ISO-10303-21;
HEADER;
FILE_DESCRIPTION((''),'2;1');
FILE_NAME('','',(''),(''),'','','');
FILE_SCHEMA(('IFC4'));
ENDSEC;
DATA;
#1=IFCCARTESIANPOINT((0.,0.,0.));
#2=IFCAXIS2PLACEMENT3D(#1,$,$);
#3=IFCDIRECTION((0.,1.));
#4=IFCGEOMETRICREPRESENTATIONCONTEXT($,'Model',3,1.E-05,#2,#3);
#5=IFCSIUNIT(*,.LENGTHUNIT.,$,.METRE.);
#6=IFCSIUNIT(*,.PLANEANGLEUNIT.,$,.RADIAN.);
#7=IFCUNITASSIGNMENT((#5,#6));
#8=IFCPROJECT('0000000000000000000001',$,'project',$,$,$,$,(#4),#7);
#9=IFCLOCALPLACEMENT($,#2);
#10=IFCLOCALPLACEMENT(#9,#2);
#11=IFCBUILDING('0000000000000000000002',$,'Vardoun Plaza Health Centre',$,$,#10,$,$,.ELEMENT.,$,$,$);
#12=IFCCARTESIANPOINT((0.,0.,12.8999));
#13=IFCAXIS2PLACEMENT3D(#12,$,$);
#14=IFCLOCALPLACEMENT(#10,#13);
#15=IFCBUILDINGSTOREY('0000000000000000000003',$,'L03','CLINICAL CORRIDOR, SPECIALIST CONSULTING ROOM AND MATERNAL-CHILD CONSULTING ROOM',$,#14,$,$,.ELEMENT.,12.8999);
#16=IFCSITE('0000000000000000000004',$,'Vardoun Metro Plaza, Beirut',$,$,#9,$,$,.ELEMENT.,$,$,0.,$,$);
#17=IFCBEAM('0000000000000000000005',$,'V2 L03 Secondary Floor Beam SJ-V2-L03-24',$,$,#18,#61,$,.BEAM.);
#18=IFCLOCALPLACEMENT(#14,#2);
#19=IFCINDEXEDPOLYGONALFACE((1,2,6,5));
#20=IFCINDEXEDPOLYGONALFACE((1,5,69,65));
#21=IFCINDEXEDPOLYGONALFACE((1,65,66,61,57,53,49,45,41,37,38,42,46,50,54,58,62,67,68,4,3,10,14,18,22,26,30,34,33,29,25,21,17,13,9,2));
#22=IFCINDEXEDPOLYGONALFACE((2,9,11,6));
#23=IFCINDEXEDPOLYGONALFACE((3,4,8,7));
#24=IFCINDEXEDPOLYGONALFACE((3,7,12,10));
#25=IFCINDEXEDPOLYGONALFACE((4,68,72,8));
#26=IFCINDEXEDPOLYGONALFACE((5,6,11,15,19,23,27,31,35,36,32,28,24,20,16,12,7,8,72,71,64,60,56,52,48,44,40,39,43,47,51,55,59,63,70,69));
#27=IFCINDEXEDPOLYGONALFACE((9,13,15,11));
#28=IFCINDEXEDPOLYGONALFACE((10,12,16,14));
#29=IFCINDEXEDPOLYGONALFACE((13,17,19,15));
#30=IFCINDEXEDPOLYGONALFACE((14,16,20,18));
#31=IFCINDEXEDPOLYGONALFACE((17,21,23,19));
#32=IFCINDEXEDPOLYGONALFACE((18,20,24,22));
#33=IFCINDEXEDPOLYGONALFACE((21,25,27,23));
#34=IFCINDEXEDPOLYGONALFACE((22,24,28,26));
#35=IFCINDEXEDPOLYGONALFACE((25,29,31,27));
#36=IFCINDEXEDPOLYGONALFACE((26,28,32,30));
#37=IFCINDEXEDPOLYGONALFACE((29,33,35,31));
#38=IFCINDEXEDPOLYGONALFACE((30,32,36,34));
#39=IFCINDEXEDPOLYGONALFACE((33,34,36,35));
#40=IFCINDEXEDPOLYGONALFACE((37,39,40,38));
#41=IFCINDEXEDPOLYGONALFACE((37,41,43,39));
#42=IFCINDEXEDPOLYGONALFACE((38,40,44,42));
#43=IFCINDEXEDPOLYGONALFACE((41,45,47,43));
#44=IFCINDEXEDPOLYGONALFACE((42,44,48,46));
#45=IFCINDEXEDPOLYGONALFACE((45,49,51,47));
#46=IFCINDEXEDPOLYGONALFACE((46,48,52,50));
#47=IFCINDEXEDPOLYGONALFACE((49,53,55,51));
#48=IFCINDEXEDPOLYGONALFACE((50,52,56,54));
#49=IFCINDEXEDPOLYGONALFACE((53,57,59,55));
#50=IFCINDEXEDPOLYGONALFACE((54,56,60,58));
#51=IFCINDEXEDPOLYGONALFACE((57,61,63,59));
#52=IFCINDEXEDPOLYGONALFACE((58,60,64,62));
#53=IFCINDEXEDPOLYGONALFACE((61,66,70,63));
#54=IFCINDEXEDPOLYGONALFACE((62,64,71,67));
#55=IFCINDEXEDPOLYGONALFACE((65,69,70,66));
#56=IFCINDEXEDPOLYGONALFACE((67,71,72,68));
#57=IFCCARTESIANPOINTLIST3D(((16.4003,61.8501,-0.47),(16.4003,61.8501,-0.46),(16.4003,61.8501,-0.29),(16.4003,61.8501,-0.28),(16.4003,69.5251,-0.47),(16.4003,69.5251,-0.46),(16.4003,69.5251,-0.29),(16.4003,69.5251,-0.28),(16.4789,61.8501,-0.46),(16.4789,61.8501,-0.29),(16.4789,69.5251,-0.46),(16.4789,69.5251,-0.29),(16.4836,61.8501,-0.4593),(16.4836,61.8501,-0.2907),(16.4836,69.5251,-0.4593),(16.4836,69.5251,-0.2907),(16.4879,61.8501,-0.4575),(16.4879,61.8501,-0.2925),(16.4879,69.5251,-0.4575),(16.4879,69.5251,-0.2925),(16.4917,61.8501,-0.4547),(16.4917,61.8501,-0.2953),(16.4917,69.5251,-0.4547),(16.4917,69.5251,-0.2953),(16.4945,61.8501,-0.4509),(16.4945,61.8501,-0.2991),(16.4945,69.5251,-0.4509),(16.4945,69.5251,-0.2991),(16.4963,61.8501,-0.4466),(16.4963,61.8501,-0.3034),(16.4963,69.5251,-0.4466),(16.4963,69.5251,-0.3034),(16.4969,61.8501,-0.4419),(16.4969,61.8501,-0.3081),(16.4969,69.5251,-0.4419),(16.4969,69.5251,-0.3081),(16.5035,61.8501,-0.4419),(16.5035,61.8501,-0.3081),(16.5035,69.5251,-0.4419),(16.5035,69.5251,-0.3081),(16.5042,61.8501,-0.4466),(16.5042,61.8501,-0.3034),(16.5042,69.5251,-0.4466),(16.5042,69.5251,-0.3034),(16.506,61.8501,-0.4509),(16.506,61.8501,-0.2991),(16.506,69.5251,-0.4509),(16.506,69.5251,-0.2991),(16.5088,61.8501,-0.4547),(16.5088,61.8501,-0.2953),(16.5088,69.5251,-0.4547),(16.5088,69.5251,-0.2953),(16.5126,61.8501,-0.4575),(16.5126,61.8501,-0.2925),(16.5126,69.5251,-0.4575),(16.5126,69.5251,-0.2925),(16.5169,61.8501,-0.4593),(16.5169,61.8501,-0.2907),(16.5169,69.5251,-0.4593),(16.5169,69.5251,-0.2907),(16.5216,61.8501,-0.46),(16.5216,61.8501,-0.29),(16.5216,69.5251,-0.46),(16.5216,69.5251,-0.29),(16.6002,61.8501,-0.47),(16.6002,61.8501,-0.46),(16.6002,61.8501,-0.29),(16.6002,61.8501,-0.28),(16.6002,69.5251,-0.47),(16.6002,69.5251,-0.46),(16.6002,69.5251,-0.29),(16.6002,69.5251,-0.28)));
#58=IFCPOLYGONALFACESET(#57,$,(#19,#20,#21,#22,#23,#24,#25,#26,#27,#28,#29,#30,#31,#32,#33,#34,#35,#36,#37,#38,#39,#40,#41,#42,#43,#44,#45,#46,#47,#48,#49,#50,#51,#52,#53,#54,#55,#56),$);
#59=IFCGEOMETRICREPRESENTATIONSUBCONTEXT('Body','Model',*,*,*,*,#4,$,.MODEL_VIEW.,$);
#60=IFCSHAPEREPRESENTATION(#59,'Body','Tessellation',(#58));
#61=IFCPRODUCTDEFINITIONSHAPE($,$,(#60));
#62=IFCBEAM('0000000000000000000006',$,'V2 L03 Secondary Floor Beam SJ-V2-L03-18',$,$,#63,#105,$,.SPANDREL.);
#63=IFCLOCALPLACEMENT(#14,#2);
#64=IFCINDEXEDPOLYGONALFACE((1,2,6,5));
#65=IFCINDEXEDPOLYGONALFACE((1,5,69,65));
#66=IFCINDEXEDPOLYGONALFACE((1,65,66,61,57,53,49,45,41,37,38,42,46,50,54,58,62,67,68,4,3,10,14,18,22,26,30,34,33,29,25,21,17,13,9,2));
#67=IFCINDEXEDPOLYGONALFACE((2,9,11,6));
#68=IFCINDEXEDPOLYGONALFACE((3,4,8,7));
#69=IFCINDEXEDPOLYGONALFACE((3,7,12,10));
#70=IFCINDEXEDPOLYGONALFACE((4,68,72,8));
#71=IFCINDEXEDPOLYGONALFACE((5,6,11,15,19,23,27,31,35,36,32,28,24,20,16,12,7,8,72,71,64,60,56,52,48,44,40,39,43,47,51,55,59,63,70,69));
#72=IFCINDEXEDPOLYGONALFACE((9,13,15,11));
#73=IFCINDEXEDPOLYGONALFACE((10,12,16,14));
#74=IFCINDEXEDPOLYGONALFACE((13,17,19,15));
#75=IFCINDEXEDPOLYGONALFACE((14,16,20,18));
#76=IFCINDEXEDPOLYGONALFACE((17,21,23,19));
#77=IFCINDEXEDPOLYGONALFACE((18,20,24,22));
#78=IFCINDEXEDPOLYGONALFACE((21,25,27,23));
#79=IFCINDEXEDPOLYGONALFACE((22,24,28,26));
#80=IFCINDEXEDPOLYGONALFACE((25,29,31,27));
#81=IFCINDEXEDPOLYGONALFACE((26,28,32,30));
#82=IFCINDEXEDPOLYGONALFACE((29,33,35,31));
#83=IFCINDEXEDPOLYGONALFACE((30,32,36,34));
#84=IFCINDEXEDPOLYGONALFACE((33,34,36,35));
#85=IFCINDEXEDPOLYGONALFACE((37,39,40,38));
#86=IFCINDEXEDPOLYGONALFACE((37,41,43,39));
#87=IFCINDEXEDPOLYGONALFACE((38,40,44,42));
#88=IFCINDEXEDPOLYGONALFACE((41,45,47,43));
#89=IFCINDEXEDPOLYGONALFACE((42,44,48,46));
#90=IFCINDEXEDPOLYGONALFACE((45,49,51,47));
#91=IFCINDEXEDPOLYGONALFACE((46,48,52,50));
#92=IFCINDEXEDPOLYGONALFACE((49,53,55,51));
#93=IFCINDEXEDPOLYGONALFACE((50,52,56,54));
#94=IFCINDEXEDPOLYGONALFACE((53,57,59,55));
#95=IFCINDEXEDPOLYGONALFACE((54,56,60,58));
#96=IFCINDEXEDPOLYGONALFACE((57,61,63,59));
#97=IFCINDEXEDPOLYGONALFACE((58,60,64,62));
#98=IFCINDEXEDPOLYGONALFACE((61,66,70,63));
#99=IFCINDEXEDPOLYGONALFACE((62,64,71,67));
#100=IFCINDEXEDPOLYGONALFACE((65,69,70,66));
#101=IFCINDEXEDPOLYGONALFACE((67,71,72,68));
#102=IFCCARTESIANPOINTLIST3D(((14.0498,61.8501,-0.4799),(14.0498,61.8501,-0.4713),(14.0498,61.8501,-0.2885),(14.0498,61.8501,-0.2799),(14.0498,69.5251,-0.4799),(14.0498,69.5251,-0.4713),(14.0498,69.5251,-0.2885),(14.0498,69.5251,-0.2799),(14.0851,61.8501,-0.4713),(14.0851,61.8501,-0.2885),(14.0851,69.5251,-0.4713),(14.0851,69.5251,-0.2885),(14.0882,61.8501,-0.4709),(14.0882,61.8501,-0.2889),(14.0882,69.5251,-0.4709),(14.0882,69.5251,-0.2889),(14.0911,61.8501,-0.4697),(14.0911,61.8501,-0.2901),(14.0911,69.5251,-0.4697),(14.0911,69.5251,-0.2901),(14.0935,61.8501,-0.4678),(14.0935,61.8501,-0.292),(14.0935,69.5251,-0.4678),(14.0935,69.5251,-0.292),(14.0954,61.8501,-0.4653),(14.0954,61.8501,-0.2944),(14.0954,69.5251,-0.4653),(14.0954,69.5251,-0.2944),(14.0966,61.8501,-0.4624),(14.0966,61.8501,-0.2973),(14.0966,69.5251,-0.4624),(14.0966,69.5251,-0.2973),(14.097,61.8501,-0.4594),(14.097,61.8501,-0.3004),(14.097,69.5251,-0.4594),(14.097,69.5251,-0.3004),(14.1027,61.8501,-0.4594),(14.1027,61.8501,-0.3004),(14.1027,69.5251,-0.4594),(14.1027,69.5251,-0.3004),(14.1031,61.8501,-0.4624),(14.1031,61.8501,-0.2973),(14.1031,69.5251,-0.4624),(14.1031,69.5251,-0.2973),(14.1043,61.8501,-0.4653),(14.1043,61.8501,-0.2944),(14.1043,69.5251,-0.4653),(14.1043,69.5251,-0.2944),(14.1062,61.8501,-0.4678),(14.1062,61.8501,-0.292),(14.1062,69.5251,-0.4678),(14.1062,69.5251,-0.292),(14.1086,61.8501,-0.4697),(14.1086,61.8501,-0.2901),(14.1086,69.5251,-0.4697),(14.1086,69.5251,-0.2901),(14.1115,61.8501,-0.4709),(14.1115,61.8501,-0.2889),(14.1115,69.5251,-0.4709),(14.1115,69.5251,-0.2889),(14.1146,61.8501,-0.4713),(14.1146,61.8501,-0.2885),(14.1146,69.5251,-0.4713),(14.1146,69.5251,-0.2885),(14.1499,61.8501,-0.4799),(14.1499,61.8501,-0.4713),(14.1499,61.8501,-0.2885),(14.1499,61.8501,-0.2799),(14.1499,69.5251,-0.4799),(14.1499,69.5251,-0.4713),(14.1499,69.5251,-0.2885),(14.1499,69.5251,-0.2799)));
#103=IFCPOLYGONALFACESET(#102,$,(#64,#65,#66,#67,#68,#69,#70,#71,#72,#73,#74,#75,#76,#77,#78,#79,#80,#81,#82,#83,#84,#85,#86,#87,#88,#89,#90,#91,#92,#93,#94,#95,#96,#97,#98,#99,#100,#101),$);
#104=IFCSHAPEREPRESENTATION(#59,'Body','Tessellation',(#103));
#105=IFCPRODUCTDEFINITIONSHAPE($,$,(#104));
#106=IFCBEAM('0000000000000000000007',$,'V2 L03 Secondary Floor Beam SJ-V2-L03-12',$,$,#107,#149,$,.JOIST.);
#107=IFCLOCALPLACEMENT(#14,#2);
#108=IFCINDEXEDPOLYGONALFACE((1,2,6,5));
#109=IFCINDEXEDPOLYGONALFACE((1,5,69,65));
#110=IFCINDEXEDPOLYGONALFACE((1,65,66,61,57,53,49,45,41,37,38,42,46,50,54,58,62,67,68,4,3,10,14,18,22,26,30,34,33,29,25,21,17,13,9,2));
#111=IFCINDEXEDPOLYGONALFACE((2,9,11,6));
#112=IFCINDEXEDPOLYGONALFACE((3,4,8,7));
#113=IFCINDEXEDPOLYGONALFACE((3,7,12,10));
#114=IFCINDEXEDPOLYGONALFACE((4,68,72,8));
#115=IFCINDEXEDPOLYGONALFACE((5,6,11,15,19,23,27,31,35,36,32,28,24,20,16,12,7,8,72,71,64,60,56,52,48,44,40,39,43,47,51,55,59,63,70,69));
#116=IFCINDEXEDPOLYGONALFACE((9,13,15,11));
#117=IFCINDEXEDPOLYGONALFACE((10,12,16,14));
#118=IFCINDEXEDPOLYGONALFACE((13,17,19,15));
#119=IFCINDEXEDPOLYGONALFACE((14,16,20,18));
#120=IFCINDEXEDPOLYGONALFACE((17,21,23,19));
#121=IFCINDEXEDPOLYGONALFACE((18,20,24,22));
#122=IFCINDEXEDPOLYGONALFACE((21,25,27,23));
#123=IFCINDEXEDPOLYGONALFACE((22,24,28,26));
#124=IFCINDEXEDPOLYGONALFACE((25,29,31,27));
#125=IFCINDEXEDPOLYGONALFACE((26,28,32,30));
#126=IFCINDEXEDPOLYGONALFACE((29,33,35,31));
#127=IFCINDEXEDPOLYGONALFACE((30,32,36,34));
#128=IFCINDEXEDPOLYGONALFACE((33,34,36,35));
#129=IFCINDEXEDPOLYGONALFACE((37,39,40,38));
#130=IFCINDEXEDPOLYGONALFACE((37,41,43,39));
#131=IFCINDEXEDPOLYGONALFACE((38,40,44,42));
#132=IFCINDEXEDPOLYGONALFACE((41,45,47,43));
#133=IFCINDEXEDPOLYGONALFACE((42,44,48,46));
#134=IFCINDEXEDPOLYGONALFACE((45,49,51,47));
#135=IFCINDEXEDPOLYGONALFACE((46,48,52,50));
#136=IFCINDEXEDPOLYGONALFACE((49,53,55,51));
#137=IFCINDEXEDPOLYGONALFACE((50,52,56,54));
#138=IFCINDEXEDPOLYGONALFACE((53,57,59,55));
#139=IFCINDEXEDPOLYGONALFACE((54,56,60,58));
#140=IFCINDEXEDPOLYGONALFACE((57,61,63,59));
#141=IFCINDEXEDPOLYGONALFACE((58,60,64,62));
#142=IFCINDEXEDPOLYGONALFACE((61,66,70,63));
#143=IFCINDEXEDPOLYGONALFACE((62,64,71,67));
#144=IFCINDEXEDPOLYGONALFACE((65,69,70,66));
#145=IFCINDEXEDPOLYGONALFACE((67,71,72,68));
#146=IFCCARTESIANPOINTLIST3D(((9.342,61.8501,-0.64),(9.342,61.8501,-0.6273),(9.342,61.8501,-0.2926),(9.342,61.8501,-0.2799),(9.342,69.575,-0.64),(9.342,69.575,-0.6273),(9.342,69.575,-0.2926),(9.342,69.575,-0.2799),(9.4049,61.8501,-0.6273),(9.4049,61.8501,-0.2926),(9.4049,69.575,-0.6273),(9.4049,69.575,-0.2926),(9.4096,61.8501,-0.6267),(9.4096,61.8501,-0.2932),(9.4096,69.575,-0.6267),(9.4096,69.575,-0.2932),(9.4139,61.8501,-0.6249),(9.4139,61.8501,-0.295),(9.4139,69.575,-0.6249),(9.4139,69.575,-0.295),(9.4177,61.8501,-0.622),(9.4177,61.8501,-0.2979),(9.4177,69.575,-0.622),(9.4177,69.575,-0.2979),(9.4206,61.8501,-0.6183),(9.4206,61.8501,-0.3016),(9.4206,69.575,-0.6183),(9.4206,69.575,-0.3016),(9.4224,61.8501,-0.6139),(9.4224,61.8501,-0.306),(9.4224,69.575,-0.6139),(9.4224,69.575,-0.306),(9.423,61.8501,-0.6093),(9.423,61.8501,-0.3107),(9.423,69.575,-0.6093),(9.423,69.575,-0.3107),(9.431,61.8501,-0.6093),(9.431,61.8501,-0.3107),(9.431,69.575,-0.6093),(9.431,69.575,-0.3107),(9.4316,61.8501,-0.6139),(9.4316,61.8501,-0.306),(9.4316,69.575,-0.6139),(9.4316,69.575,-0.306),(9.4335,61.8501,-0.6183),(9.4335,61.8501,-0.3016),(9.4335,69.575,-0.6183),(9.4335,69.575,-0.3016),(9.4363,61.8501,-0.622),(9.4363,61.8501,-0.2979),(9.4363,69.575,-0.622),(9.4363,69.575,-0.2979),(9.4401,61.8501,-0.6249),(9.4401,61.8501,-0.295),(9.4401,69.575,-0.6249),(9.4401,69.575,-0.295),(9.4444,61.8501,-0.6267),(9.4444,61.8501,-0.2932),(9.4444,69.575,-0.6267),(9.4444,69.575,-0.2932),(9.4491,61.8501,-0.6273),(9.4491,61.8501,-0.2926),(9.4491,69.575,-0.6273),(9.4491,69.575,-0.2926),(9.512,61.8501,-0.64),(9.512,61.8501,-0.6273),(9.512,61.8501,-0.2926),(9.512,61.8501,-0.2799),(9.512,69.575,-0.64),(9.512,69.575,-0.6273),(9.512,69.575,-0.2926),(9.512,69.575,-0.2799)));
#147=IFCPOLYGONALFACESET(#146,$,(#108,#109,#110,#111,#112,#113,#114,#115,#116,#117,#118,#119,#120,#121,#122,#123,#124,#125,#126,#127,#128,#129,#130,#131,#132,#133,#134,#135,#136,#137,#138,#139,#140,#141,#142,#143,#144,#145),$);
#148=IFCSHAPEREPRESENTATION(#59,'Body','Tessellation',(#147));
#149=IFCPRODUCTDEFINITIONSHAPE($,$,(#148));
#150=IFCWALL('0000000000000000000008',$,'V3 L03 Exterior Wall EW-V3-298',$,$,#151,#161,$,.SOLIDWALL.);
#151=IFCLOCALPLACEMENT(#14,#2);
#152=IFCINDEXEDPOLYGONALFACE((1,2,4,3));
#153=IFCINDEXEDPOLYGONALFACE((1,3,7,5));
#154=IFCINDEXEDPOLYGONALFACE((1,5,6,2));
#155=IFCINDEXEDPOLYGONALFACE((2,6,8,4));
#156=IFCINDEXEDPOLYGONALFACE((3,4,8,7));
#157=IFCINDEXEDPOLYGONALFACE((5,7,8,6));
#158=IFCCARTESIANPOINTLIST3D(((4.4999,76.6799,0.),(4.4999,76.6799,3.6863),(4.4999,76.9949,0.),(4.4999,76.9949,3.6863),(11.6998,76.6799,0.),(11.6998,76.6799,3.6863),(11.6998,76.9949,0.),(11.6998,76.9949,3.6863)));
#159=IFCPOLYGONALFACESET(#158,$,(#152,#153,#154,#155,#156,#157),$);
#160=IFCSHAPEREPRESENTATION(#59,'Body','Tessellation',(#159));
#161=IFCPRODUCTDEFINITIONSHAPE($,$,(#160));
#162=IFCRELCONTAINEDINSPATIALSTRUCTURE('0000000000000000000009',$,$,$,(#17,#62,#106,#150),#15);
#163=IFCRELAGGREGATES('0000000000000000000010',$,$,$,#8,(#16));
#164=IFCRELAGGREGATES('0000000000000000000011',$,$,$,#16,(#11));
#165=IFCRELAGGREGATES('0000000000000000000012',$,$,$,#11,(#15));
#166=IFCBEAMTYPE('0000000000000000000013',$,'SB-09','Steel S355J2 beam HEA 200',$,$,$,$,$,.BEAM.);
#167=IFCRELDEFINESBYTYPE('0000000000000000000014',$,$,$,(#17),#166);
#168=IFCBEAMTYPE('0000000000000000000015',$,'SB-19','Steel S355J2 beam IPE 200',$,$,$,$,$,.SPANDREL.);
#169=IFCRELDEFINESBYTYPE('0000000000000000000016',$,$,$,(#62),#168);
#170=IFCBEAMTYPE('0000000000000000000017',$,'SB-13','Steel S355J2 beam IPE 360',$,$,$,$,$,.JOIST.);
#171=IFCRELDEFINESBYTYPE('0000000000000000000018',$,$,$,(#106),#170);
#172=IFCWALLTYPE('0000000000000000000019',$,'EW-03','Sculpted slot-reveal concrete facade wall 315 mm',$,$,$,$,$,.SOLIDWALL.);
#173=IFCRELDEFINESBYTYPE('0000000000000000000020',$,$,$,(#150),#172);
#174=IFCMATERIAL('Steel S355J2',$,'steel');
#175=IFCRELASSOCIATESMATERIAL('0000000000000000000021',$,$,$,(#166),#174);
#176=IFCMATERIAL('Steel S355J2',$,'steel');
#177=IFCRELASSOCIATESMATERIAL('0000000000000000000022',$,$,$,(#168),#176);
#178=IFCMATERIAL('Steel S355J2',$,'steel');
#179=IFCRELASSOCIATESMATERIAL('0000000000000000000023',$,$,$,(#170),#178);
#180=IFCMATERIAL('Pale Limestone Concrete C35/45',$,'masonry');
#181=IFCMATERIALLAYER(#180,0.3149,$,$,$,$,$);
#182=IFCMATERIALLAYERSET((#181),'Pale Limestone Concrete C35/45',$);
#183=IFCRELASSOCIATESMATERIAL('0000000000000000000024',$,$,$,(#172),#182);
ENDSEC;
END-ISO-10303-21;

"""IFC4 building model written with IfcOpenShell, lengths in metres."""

from ifc_helpers import new_model, si_unit, direction, frame, frame_2d, origin, origin_2d, place, context, subcontext, project, spatial, rectangle, i_section, extrude, material, layer, layer_set, material_profile, profile_set, type_object, element, save


model = new_model("IFC4")

# Units and contexts
model_context = context("Model", 3, precision=1e-05, world=origin(), true_north=direction((0.0, 1.0)))
body_context = subcontext(model_context, "Body", "Model", "MODEL_VIEW")
ifc_project = project(units=[si_unit("LENGTHUNIT", "METRE"), si_unit("PLANEANGLEUNIT", "RADIAN")], contexts=[model_context])

# Site, building, storey
site_placement = place(None, origin())
site = spatial("IfcSite", under=ifc_project, at=site_placement, Name="Vardoun Metro Plaza, Beirut", CompositionType="ELEMENT", RefElevation=0.0)
building_placement = place(site_placement, origin())
building = spatial("IfcBuilding", under=site, at=building_placement, Name="Vardoun Plaza Health Centre", CompositionType="ELEMENT")
storey_placement = place(building_placement, frame((0.0, 0.0, 12.8999)))
storey = spatial("IfcBuildingStorey", under=building, at=storey_placement, Name="L03", Description="CLINICAL CORRIDOR, SPECIALIST CONSULTING ROOM AND MATERNAL-CHILD CONSULTING ROOM", CompositionType="ELEMENT", Elevation=12.8999)

# Beams
ifc_material_1 = material(Name="Steel S355J2", Category="steel")
ifc_material_profile_1 = material_profile(ifc_material_1, i_section(OverallWidth=0.2, OverallDepth=0.1899, WebThickness=0.0066, FlangeThickness=0.01, FilletRadius=0.0181, at=origin_2d()), Name="HEA 200")
ifc_profile_set_1 = profile_set([ifc_material_profile_1], Name="Steel S355J2")
beam_type_1 = type_object("IfcBeamType", Name="SB-09", Description="Steel S355J2 beam HEA 200", PredefinedType="BEAM", material=ifc_profile_set_1)
beam_1_placement = place(storey_placement, frame((16.5002, 61.8501, -0.375), z_axis=(0.0, 1.0, 0.0), x_axis=(-1.0, 0.0, 0.0)))
element("IfcBeam", 1, at=beam_1_placement, inside=storey, type_object=beam_type_1, Name="V2 L03 Secondary Floor Beam SJ-V2-L03-24", PredefinedType="BEAM", context=body_context, shape_type="SweptSolid", body=[
    extrude(i_section(OverallWidth=0.2, OverallDepth=0.1899, WebThickness=0.0066, FlangeThickness=0.01, FilletRadius=0.0181, at=origin_2d()), origin(), (0.0, 0.0, 1.0), 7.675),
])
ifc_material_2 = material(Name="Steel S355J2", Category="steel")
ifc_material_profile_2 = material_profile(ifc_material_2, i_section(OverallWidth=0.1001, OverallDepth=0.2, WebThickness=0.0056, FlangeThickness=0.0085, FilletRadius=0.012, at=origin_2d()), Name="IPE 200")
ifc_profile_set_2 = profile_set([ifc_material_profile_2], Name="Steel S355J2")
beam_type_2 = type_object("IfcBeamType", Name="SB-19", Description="Steel S355J2 beam IPE 200", PredefinedType="SPANDREL", material=ifc_profile_set_2)
beam_2_placement = place(storey_placement, frame((14.0999, 61.8501, -0.3799), z_axis=(0.0, 1.0, 0.0), x_axis=(-1.0, 0.0, 0.0)))
element("IfcBeam", 2, at=beam_2_placement, inside=storey, type_object=beam_type_2, Name="V2 L03 Secondary Floor Beam SJ-V2-L03-18", PredefinedType="SPANDREL", context=body_context, shape_type="SweptSolid", body=[
    extrude(i_section(OverallWidth=0.1001, OverallDepth=0.2, WebThickness=0.0056, FlangeThickness=0.0085, FilletRadius=0.012, at=origin_2d()), origin(), (0.0, 0.0, 1.0), 7.675),
])
ifc_material_3 = material(Name="Steel S355J2", Category="steel")
ifc_material_profile_3 = material_profile(ifc_material_3, i_section(OverallWidth=0.1699, OverallDepth=0.3601, WebThickness=0.0081, FlangeThickness=0.0127, FilletRadius=0.0181, at=origin_2d()), Name="IPE 360")
ifc_profile_set_3 = profile_set([ifc_material_profile_3], Name="Steel S355J2")
beam_type_3 = type_object("IfcBeamType", Name="SB-13", Description="Steel S355J2 beam IPE 360", PredefinedType="JOIST", material=ifc_profile_set_3)
beam_3_placement = place(storey_placement, frame((9.427, 61.8501, -0.46), z_axis=(0.0, 1.0, 0.0), x_axis=(-1.0, 0.0, 0.0)))
element("IfcBeam", 3, at=beam_3_placement, inside=storey, type_object=beam_type_3, Name="V2 L03 Secondary Floor Beam SJ-V2-L03-12", PredefinedType="JOIST", context=body_context, shape_type="SweptSolid", body=[
    extrude(i_section(OverallWidth=0.1699, OverallDepth=0.3601, WebThickness=0.0081, FlangeThickness=0.0127, FilletRadius=0.0181, at=origin_2d()), origin(), (0.0, 0.0, 1.0), 7.7249),
])

# Wall
ifc_material_4 = material(Name="Pale Limestone Concrete C35/45", Category="masonry")
ifc_layer_1 = layer(ifc_material_4, 0.3149)
ifc_layer_set_1 = layer_set([ifc_layer_1], Name="Pale Limestone Concrete C35/45")
wall_type_1 = type_object("IfcWallType", Name="EW-03", Description="Sculpted slot-reveal concrete facade wall 315 mm", PredefinedType="SOLIDWALL", material=ifc_layer_set_1)
wall_1_placement = place(storey_placement, frame((11.7, 76.8374, 0.0), z_axis=(0.0, 0.0, 1.0), x_axis=(-1.0, 0.0, 0.0)))
element("IfcWall", 4, at=wall_1_placement, inside=storey, type_object=wall_type_1, Name="V3 L03 Exterior Wall EW-V3-298", PredefinedType="SOLIDWALL", context=body_context, shape_type="SweptSolid", body=[
    extrude(rectangle(XDim=7.2, YDim=0.3149, at=frame_2d((3.6001, 0.0))), origin(), (0.0, 0.0, 1.0), 3.6863),
])

save(model, "model.ifc")
